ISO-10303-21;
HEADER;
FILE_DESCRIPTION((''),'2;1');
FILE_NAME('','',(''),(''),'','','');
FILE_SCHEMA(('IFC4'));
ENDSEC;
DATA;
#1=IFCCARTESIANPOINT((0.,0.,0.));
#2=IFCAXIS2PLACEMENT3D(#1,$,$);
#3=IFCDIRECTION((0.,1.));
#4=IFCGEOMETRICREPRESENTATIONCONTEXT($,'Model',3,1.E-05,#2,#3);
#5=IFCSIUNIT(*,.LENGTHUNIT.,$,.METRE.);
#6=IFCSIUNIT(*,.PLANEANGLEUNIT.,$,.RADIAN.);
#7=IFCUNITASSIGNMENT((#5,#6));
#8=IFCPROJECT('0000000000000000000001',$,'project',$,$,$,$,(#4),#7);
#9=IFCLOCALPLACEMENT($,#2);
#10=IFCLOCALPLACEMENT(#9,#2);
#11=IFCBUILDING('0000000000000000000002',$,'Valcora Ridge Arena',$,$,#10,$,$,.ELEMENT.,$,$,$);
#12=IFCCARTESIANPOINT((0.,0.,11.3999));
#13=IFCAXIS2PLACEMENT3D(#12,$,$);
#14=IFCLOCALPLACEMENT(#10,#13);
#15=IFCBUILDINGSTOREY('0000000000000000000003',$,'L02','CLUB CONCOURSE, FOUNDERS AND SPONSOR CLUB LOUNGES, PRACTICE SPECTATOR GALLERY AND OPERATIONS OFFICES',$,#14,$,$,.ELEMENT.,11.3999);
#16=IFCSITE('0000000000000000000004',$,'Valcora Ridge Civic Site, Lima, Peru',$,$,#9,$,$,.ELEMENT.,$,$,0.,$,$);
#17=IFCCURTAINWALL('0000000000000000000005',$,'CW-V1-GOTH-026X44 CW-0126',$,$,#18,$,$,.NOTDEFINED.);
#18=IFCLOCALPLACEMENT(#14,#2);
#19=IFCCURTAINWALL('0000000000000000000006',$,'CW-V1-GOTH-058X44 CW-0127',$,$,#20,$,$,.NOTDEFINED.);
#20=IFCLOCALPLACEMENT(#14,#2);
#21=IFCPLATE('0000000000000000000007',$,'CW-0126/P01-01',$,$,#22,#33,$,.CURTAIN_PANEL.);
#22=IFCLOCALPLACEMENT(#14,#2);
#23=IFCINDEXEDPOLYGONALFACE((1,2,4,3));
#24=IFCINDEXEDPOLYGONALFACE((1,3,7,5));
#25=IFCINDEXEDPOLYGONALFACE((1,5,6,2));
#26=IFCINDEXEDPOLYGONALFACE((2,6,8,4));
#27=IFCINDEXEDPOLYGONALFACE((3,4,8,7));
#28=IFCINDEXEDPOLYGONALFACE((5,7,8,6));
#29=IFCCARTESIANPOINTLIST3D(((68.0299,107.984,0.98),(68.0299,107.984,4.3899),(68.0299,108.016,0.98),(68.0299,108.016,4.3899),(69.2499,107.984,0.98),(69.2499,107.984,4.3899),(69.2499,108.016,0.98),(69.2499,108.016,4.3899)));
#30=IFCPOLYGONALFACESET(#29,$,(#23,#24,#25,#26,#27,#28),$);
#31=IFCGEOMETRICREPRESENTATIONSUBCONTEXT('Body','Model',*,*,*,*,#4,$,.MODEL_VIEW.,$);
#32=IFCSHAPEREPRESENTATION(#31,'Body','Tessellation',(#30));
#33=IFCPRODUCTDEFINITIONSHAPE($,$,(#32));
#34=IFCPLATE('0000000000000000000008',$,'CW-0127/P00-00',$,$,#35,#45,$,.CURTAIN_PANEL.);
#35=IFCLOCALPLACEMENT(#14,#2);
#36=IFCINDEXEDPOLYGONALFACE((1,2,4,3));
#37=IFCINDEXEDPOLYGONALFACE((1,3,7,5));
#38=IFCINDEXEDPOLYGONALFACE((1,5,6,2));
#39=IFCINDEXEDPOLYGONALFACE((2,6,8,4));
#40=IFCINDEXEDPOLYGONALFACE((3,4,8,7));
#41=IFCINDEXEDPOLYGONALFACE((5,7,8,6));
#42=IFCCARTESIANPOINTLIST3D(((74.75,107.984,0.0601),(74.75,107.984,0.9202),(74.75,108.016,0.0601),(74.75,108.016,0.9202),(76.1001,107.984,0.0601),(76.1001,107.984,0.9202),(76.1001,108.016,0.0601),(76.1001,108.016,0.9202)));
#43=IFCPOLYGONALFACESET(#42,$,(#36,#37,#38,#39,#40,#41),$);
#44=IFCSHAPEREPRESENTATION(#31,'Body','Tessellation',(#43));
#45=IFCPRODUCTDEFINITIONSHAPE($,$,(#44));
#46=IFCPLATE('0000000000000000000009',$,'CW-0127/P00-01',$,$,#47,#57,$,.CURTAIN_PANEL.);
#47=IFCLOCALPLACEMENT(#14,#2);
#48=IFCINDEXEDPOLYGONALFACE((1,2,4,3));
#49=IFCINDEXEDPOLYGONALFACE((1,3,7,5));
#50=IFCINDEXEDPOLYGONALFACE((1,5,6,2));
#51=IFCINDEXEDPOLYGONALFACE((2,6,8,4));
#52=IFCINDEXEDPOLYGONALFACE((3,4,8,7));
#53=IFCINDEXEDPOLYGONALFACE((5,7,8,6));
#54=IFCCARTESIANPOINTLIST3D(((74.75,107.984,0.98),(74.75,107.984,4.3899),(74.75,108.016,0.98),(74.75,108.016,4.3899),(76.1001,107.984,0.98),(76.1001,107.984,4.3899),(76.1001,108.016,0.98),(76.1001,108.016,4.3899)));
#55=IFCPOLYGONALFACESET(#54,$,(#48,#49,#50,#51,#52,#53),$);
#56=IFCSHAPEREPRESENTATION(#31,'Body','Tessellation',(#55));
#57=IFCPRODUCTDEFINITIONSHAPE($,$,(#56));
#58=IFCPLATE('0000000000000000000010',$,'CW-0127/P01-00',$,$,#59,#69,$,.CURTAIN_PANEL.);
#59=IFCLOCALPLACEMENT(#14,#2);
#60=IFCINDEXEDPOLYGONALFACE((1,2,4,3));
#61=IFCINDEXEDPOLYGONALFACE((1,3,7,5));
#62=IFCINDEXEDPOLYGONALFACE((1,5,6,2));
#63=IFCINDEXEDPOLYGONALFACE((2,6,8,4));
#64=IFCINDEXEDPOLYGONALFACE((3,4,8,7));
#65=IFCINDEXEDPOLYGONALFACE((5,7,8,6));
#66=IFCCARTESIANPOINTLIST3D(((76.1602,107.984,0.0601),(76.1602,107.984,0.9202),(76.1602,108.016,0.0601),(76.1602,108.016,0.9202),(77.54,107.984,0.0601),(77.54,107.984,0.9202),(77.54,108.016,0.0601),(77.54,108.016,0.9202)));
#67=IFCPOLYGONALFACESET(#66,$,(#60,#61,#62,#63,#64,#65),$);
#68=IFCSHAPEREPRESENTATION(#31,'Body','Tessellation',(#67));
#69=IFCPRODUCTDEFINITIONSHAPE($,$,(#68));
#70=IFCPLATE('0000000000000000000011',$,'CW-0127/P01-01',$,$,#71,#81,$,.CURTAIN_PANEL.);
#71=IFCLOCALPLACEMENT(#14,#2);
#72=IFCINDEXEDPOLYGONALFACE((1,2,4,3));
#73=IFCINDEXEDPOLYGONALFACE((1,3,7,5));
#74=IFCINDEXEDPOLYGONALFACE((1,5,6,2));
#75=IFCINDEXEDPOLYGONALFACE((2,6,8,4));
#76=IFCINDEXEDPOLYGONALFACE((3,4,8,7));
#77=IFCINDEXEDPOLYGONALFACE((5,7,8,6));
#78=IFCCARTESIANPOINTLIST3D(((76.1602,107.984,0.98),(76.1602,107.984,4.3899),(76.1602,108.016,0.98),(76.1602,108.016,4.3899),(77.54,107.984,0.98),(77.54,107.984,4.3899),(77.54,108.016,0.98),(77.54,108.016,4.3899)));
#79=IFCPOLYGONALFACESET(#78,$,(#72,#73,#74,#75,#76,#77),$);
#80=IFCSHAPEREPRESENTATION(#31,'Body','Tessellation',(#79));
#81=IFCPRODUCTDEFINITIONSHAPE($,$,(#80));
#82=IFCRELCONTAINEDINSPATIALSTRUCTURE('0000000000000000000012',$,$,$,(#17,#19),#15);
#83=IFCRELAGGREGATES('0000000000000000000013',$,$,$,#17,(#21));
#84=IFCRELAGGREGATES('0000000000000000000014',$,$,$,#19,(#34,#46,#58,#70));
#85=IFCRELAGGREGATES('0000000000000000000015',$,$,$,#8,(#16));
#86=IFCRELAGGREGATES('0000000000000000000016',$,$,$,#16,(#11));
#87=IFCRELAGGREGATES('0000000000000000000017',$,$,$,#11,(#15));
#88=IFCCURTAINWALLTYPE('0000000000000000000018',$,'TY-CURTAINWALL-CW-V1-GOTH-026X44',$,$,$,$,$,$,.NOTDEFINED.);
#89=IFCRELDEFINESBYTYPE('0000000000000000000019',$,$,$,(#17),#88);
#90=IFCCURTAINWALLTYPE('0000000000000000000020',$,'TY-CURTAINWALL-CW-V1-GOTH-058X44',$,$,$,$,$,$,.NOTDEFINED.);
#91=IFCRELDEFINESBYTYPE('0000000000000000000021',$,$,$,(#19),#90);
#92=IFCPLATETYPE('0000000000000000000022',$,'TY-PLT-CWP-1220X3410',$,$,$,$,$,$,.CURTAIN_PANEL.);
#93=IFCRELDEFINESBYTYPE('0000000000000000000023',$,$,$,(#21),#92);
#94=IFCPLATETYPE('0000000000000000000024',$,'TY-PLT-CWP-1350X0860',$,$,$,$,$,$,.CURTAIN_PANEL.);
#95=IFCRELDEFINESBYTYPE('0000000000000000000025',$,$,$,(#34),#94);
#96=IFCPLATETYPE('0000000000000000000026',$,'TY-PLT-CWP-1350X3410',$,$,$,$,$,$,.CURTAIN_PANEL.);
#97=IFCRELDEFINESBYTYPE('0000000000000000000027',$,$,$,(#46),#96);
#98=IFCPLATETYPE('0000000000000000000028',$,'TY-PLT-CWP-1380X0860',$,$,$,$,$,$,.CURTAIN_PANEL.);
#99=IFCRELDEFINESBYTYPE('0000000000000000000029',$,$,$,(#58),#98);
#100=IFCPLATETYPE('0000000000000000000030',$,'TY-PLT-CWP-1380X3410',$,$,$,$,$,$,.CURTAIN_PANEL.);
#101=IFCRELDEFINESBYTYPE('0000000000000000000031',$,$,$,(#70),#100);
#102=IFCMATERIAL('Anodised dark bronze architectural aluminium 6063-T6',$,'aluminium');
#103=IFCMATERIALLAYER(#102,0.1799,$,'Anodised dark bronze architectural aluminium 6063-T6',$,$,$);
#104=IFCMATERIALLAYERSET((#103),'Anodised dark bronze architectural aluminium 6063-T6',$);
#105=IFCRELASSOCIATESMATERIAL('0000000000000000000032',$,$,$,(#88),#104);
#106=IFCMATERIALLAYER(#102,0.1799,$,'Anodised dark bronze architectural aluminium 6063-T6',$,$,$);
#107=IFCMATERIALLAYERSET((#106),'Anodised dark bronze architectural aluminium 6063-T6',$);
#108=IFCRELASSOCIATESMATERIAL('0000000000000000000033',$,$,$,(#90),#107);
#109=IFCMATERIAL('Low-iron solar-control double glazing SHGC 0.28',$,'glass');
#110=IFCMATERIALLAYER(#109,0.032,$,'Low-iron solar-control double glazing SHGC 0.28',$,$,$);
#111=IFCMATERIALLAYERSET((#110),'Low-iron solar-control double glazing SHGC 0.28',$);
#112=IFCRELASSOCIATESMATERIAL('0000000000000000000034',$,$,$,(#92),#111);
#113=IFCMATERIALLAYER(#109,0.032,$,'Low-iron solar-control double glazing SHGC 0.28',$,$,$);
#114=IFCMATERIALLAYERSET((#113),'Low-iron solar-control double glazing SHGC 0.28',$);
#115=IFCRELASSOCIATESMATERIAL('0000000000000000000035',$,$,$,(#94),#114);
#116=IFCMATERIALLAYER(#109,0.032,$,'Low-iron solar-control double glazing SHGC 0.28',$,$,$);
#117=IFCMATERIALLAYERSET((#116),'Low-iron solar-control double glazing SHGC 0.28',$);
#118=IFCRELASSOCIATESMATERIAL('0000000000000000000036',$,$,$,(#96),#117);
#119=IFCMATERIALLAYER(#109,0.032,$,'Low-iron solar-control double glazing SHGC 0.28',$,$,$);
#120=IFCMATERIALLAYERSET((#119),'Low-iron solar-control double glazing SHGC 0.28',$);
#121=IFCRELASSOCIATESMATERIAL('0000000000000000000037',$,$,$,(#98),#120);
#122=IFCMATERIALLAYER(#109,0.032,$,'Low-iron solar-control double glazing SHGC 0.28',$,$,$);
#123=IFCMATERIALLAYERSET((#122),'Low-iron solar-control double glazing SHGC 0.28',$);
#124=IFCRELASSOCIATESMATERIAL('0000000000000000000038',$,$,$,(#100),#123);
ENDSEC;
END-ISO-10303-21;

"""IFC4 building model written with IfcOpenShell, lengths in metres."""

from ifc_helpers import new_model, si_unit, direction, frame, origin, origin_2d, place, context, subcontext, project, spatial, rectangle, extrude, material, layer, layer_set, type_object, element, aggregate, save


model = new_model("IFC4")

# Units and contexts
model_context = context("Model", 3, precision=1e-05, world=origin(), true_north=direction((0.0, 1.0)))
body_context = subcontext(model_context, "Body", "Model", "MODEL_VIEW")
ifc_project = project(units=[si_unit("LENGTHUNIT", "METRE"), si_unit("PLANEANGLEUNIT", "RADIAN")], contexts=[model_context])

# Site, building, storey
site_placement = place(None, origin())
site = spatial("IfcSite", under=ifc_project, at=site_placement, Name="Valcora Ridge Civic Site, Lima, Peru", CompositionType="ELEMENT", RefElevation=0.0)
building_placement = place(site_placement, origin())
building = spatial("IfcBuilding", under=site, at=building_placement, Name="Valcora Ridge Arena", CompositionType="ELEMENT")
storey_placement = place(building_placement, frame((0.0, 0.0, 11.3999)))
storey = spatial("IfcBuildingStorey", under=building, at=storey_placement, Name="L02", Description="CLUB CONCOURSE, FOUNDERS AND SPONSOR CLUB LOUNGES, PRACTICE SPECTATOR GALLERY AND OPERATIONS OFFICES", CompositionType="ELEMENT", Elevation=11.3999)

# Curtain wall
ifc_material_1 = material(Name="Anodised dark bronze architectural aluminium 6063-T6", Category="aluminium")
ifc_layer_1 = layer(ifc_material_1, 0.1799, Name="Anodised dark bronze architectural aluminium 6063-T6")
ifc_layer_set_1 = layer_set([ifc_layer_1], Name="Anodised dark bronze architectural aluminium 6063-T6")
curtain_wall_type_1 = type_object("IfcCurtainWallType", Name="TY-CURTAINWALL-CW-V1-GOTH-026X44", PredefinedType="NOTDEFINED", material=ifc_layer_set_1)
curtain_wall_1_placement = place(storey_placement, origin())
curtain_wall_1 = element("IfcCurtainWall", 1, at=curtain_wall_1_placement, inside=storey, type_object=curtain_wall_type_1, Name="CW-V1-GOTH-026X44 CW-0126", PredefinedType="NOTDEFINED")

# Curtain wall
ifc_layer_2 = layer(ifc_material_1, 0.1799, Name="Anodised dark bronze architectural aluminium 6063-T6")
ifc_layer_set_2 = layer_set([ifc_layer_2], Name="Anodised dark bronze architectural aluminium 6063-T6")
curtain_wall_type_2 = type_object("IfcCurtainWallType", Name="TY-CURTAINWALL-CW-V1-GOTH-058X44", PredefinedType="NOTDEFINED", material=ifc_layer_set_2)
curtain_wall_2_placement = place(storey_placement, origin())
curtain_wall_2 = element("IfcCurtainWall", 2, at=curtain_wall_2_placement, inside=storey, type_object=curtain_wall_type_2, Name="CW-V1-GOTH-058X44 CW-0127", PredefinedType="NOTDEFINED")

# Plates
ifc_material_2 = material(Name="Low-iron solar-control double glazing SHGC 0.28", Category="glass")
ifc_layer_3 = layer(ifc_material_2, 0.032, Name="Low-iron solar-control double glazing SHGC 0.28")
ifc_layer_set_3 = layer_set([ifc_layer_3], Name="Low-iron solar-control double glazing SHGC 0.28")
plate_type_1 = type_object("IfcPlateType", Name="TY-PLT-CWP-1220X3410", PredefinedType="CURTAIN_PANEL", material=ifc_layer_set_3)
plate_1_placement = place(storey_placement, frame((68.6399, 108.0, 0.98), z_axis=(0.0, 0.0, 1.0), x_axis=(1.0, 0.0, 0.0)))
plate_1 = element("IfcPlate", 3, at=plate_1_placement, type_object=plate_type_1, Name="CW-0126/P01-01", PredefinedType="CURTAIN_PANEL", context=body_context, shape_type="SweptSolid", body=[
    extrude(rectangle(XDim=1.22, YDim=0.032, at=origin_2d()), origin(), (0.0, 0.0, 1.0), 3.4099),
])
aggregate(curtain_wall_1, [plate_1])
ifc_layer_4 = layer(ifc_material_2, 0.032, Name="Low-iron solar-control double glazing SHGC 0.28")
ifc_layer_set_4 = layer_set([ifc_layer_4], Name="Low-iron solar-control double glazing SHGC 0.28")
plate_type_2 = type_object("IfcPlateType", Name="TY-PLT-CWP-1350X0860", PredefinedType="CURTAIN_PANEL", material=ifc_layer_set_4)
plate_2_placement = place(storey_placement, frame((75.425, 108.0, 0.0601), z_axis=(0.0, 0.0, 1.0), x_axis=(1.0, 0.0, 0.0)))
plate_2 = element("IfcPlate", 4, at=plate_2_placement, type_object=plate_type_2, Name="CW-0127/P00-00", PredefinedType="CURTAIN_PANEL", context=body_context, shape_type="SweptSolid", body=[
    extrude(rectangle(XDim=1.3501, YDim=0.032, at=origin_2d()), origin(), (0.0, 0.0, 1.0), 0.8601),
])
ifc_layer_5 = layer(ifc_material_2, 0.032, Name="Low-iron solar-control double glazing SHGC 0.28")
ifc_layer_set_5 = layer_set([ifc_layer_5], Name="Low-iron solar-control double glazing SHGC 0.28")
plate_type_3 = type_object("IfcPlateType", Name="TY-PLT-CWP-1350X3410", PredefinedType="CURTAIN_PANEL", material=ifc_layer_set_5)
plate_3_placement = place(storey_placement, frame((75.425, 108.0, 0.98), z_axis=(0.0, 0.0, 1.0), x_axis=(1.0, 0.0, 0.0)))
plate_3 = element("IfcPlate", 5, at=plate_3_placement, type_object=plate_type_3, Name="CW-0127/P00-01", PredefinedType="CURTAIN_PANEL", context=body_context, shape_type="SweptSolid", body=[
    extrude(rectangle(XDim=1.3501, YDim=0.032, at=origin_2d()), origin(), (0.0, 0.0, 1.0), 3.4099),
])
ifc_layer_6 = layer(ifc_material_2, 0.032, Name="Low-iron solar-control double glazing SHGC 0.28")
ifc_layer_set_6 = layer_set([ifc_layer_6], Name="Low-iron solar-control double glazing SHGC 0.28")
plate_type_4 = type_object("IfcPlateType", Name="TY-PLT-CWP-1380X0860", PredefinedType="CURTAIN_PANEL", material=ifc_layer_set_6)
plate_4_placement = place(storey_placement, frame((76.8501, 108.0, 0.0601), z_axis=(0.0, 0.0, 1.0), x_axis=(1.0, 0.0, 0.0)))
plate_4 = element("IfcPlate", 6, at=plate_4_placement, type_object=plate_type_4, Name="CW-0127/P01-00", PredefinedType="CURTAIN_PANEL", context=body_context, shape_type="SweptSolid", body=[
    extrude(rectangle(XDim=1.3799, YDim=0.032, at=origin_2d()), origin(), (0.0, 0.0, 1.0), 0.8601),
])
ifc_layer_7 = layer(ifc_material_2, 0.032, Name="Low-iron solar-control double glazing SHGC 0.28")
ifc_layer_set_7 = layer_set([ifc_layer_7], Name="Low-iron solar-control double glazing SHGC 0.28")
plate_type_5 = type_object("IfcPlateType", Name="TY-PLT-CWP-1380X3410", PredefinedType="CURTAIN_PANEL", material=ifc_layer_set_7)
plate_5_placement = place(storey_placement, frame((76.8501, 108.0, 0.98), z_axis=(0.0, 0.0, 1.0), x_axis=(1.0, 0.0, 0.0)))
plate_5 = element("IfcPlate", 7, at=plate_5_placement, type_object=plate_type_5, Name="CW-0127/P01-01", PredefinedType="CURTAIN_PANEL", context=body_context, shape_type="SweptSolid", body=[
    extrude(rectangle(XDim=1.3799, YDim=0.032, at=origin_2d()), origin(), (0.0, 0.0, 1.0), 3.4099),
])
aggregate(curtain_wall_2, [plate_2, plate_3, plate_4, plate_5])

save(model, "model.ifc")
